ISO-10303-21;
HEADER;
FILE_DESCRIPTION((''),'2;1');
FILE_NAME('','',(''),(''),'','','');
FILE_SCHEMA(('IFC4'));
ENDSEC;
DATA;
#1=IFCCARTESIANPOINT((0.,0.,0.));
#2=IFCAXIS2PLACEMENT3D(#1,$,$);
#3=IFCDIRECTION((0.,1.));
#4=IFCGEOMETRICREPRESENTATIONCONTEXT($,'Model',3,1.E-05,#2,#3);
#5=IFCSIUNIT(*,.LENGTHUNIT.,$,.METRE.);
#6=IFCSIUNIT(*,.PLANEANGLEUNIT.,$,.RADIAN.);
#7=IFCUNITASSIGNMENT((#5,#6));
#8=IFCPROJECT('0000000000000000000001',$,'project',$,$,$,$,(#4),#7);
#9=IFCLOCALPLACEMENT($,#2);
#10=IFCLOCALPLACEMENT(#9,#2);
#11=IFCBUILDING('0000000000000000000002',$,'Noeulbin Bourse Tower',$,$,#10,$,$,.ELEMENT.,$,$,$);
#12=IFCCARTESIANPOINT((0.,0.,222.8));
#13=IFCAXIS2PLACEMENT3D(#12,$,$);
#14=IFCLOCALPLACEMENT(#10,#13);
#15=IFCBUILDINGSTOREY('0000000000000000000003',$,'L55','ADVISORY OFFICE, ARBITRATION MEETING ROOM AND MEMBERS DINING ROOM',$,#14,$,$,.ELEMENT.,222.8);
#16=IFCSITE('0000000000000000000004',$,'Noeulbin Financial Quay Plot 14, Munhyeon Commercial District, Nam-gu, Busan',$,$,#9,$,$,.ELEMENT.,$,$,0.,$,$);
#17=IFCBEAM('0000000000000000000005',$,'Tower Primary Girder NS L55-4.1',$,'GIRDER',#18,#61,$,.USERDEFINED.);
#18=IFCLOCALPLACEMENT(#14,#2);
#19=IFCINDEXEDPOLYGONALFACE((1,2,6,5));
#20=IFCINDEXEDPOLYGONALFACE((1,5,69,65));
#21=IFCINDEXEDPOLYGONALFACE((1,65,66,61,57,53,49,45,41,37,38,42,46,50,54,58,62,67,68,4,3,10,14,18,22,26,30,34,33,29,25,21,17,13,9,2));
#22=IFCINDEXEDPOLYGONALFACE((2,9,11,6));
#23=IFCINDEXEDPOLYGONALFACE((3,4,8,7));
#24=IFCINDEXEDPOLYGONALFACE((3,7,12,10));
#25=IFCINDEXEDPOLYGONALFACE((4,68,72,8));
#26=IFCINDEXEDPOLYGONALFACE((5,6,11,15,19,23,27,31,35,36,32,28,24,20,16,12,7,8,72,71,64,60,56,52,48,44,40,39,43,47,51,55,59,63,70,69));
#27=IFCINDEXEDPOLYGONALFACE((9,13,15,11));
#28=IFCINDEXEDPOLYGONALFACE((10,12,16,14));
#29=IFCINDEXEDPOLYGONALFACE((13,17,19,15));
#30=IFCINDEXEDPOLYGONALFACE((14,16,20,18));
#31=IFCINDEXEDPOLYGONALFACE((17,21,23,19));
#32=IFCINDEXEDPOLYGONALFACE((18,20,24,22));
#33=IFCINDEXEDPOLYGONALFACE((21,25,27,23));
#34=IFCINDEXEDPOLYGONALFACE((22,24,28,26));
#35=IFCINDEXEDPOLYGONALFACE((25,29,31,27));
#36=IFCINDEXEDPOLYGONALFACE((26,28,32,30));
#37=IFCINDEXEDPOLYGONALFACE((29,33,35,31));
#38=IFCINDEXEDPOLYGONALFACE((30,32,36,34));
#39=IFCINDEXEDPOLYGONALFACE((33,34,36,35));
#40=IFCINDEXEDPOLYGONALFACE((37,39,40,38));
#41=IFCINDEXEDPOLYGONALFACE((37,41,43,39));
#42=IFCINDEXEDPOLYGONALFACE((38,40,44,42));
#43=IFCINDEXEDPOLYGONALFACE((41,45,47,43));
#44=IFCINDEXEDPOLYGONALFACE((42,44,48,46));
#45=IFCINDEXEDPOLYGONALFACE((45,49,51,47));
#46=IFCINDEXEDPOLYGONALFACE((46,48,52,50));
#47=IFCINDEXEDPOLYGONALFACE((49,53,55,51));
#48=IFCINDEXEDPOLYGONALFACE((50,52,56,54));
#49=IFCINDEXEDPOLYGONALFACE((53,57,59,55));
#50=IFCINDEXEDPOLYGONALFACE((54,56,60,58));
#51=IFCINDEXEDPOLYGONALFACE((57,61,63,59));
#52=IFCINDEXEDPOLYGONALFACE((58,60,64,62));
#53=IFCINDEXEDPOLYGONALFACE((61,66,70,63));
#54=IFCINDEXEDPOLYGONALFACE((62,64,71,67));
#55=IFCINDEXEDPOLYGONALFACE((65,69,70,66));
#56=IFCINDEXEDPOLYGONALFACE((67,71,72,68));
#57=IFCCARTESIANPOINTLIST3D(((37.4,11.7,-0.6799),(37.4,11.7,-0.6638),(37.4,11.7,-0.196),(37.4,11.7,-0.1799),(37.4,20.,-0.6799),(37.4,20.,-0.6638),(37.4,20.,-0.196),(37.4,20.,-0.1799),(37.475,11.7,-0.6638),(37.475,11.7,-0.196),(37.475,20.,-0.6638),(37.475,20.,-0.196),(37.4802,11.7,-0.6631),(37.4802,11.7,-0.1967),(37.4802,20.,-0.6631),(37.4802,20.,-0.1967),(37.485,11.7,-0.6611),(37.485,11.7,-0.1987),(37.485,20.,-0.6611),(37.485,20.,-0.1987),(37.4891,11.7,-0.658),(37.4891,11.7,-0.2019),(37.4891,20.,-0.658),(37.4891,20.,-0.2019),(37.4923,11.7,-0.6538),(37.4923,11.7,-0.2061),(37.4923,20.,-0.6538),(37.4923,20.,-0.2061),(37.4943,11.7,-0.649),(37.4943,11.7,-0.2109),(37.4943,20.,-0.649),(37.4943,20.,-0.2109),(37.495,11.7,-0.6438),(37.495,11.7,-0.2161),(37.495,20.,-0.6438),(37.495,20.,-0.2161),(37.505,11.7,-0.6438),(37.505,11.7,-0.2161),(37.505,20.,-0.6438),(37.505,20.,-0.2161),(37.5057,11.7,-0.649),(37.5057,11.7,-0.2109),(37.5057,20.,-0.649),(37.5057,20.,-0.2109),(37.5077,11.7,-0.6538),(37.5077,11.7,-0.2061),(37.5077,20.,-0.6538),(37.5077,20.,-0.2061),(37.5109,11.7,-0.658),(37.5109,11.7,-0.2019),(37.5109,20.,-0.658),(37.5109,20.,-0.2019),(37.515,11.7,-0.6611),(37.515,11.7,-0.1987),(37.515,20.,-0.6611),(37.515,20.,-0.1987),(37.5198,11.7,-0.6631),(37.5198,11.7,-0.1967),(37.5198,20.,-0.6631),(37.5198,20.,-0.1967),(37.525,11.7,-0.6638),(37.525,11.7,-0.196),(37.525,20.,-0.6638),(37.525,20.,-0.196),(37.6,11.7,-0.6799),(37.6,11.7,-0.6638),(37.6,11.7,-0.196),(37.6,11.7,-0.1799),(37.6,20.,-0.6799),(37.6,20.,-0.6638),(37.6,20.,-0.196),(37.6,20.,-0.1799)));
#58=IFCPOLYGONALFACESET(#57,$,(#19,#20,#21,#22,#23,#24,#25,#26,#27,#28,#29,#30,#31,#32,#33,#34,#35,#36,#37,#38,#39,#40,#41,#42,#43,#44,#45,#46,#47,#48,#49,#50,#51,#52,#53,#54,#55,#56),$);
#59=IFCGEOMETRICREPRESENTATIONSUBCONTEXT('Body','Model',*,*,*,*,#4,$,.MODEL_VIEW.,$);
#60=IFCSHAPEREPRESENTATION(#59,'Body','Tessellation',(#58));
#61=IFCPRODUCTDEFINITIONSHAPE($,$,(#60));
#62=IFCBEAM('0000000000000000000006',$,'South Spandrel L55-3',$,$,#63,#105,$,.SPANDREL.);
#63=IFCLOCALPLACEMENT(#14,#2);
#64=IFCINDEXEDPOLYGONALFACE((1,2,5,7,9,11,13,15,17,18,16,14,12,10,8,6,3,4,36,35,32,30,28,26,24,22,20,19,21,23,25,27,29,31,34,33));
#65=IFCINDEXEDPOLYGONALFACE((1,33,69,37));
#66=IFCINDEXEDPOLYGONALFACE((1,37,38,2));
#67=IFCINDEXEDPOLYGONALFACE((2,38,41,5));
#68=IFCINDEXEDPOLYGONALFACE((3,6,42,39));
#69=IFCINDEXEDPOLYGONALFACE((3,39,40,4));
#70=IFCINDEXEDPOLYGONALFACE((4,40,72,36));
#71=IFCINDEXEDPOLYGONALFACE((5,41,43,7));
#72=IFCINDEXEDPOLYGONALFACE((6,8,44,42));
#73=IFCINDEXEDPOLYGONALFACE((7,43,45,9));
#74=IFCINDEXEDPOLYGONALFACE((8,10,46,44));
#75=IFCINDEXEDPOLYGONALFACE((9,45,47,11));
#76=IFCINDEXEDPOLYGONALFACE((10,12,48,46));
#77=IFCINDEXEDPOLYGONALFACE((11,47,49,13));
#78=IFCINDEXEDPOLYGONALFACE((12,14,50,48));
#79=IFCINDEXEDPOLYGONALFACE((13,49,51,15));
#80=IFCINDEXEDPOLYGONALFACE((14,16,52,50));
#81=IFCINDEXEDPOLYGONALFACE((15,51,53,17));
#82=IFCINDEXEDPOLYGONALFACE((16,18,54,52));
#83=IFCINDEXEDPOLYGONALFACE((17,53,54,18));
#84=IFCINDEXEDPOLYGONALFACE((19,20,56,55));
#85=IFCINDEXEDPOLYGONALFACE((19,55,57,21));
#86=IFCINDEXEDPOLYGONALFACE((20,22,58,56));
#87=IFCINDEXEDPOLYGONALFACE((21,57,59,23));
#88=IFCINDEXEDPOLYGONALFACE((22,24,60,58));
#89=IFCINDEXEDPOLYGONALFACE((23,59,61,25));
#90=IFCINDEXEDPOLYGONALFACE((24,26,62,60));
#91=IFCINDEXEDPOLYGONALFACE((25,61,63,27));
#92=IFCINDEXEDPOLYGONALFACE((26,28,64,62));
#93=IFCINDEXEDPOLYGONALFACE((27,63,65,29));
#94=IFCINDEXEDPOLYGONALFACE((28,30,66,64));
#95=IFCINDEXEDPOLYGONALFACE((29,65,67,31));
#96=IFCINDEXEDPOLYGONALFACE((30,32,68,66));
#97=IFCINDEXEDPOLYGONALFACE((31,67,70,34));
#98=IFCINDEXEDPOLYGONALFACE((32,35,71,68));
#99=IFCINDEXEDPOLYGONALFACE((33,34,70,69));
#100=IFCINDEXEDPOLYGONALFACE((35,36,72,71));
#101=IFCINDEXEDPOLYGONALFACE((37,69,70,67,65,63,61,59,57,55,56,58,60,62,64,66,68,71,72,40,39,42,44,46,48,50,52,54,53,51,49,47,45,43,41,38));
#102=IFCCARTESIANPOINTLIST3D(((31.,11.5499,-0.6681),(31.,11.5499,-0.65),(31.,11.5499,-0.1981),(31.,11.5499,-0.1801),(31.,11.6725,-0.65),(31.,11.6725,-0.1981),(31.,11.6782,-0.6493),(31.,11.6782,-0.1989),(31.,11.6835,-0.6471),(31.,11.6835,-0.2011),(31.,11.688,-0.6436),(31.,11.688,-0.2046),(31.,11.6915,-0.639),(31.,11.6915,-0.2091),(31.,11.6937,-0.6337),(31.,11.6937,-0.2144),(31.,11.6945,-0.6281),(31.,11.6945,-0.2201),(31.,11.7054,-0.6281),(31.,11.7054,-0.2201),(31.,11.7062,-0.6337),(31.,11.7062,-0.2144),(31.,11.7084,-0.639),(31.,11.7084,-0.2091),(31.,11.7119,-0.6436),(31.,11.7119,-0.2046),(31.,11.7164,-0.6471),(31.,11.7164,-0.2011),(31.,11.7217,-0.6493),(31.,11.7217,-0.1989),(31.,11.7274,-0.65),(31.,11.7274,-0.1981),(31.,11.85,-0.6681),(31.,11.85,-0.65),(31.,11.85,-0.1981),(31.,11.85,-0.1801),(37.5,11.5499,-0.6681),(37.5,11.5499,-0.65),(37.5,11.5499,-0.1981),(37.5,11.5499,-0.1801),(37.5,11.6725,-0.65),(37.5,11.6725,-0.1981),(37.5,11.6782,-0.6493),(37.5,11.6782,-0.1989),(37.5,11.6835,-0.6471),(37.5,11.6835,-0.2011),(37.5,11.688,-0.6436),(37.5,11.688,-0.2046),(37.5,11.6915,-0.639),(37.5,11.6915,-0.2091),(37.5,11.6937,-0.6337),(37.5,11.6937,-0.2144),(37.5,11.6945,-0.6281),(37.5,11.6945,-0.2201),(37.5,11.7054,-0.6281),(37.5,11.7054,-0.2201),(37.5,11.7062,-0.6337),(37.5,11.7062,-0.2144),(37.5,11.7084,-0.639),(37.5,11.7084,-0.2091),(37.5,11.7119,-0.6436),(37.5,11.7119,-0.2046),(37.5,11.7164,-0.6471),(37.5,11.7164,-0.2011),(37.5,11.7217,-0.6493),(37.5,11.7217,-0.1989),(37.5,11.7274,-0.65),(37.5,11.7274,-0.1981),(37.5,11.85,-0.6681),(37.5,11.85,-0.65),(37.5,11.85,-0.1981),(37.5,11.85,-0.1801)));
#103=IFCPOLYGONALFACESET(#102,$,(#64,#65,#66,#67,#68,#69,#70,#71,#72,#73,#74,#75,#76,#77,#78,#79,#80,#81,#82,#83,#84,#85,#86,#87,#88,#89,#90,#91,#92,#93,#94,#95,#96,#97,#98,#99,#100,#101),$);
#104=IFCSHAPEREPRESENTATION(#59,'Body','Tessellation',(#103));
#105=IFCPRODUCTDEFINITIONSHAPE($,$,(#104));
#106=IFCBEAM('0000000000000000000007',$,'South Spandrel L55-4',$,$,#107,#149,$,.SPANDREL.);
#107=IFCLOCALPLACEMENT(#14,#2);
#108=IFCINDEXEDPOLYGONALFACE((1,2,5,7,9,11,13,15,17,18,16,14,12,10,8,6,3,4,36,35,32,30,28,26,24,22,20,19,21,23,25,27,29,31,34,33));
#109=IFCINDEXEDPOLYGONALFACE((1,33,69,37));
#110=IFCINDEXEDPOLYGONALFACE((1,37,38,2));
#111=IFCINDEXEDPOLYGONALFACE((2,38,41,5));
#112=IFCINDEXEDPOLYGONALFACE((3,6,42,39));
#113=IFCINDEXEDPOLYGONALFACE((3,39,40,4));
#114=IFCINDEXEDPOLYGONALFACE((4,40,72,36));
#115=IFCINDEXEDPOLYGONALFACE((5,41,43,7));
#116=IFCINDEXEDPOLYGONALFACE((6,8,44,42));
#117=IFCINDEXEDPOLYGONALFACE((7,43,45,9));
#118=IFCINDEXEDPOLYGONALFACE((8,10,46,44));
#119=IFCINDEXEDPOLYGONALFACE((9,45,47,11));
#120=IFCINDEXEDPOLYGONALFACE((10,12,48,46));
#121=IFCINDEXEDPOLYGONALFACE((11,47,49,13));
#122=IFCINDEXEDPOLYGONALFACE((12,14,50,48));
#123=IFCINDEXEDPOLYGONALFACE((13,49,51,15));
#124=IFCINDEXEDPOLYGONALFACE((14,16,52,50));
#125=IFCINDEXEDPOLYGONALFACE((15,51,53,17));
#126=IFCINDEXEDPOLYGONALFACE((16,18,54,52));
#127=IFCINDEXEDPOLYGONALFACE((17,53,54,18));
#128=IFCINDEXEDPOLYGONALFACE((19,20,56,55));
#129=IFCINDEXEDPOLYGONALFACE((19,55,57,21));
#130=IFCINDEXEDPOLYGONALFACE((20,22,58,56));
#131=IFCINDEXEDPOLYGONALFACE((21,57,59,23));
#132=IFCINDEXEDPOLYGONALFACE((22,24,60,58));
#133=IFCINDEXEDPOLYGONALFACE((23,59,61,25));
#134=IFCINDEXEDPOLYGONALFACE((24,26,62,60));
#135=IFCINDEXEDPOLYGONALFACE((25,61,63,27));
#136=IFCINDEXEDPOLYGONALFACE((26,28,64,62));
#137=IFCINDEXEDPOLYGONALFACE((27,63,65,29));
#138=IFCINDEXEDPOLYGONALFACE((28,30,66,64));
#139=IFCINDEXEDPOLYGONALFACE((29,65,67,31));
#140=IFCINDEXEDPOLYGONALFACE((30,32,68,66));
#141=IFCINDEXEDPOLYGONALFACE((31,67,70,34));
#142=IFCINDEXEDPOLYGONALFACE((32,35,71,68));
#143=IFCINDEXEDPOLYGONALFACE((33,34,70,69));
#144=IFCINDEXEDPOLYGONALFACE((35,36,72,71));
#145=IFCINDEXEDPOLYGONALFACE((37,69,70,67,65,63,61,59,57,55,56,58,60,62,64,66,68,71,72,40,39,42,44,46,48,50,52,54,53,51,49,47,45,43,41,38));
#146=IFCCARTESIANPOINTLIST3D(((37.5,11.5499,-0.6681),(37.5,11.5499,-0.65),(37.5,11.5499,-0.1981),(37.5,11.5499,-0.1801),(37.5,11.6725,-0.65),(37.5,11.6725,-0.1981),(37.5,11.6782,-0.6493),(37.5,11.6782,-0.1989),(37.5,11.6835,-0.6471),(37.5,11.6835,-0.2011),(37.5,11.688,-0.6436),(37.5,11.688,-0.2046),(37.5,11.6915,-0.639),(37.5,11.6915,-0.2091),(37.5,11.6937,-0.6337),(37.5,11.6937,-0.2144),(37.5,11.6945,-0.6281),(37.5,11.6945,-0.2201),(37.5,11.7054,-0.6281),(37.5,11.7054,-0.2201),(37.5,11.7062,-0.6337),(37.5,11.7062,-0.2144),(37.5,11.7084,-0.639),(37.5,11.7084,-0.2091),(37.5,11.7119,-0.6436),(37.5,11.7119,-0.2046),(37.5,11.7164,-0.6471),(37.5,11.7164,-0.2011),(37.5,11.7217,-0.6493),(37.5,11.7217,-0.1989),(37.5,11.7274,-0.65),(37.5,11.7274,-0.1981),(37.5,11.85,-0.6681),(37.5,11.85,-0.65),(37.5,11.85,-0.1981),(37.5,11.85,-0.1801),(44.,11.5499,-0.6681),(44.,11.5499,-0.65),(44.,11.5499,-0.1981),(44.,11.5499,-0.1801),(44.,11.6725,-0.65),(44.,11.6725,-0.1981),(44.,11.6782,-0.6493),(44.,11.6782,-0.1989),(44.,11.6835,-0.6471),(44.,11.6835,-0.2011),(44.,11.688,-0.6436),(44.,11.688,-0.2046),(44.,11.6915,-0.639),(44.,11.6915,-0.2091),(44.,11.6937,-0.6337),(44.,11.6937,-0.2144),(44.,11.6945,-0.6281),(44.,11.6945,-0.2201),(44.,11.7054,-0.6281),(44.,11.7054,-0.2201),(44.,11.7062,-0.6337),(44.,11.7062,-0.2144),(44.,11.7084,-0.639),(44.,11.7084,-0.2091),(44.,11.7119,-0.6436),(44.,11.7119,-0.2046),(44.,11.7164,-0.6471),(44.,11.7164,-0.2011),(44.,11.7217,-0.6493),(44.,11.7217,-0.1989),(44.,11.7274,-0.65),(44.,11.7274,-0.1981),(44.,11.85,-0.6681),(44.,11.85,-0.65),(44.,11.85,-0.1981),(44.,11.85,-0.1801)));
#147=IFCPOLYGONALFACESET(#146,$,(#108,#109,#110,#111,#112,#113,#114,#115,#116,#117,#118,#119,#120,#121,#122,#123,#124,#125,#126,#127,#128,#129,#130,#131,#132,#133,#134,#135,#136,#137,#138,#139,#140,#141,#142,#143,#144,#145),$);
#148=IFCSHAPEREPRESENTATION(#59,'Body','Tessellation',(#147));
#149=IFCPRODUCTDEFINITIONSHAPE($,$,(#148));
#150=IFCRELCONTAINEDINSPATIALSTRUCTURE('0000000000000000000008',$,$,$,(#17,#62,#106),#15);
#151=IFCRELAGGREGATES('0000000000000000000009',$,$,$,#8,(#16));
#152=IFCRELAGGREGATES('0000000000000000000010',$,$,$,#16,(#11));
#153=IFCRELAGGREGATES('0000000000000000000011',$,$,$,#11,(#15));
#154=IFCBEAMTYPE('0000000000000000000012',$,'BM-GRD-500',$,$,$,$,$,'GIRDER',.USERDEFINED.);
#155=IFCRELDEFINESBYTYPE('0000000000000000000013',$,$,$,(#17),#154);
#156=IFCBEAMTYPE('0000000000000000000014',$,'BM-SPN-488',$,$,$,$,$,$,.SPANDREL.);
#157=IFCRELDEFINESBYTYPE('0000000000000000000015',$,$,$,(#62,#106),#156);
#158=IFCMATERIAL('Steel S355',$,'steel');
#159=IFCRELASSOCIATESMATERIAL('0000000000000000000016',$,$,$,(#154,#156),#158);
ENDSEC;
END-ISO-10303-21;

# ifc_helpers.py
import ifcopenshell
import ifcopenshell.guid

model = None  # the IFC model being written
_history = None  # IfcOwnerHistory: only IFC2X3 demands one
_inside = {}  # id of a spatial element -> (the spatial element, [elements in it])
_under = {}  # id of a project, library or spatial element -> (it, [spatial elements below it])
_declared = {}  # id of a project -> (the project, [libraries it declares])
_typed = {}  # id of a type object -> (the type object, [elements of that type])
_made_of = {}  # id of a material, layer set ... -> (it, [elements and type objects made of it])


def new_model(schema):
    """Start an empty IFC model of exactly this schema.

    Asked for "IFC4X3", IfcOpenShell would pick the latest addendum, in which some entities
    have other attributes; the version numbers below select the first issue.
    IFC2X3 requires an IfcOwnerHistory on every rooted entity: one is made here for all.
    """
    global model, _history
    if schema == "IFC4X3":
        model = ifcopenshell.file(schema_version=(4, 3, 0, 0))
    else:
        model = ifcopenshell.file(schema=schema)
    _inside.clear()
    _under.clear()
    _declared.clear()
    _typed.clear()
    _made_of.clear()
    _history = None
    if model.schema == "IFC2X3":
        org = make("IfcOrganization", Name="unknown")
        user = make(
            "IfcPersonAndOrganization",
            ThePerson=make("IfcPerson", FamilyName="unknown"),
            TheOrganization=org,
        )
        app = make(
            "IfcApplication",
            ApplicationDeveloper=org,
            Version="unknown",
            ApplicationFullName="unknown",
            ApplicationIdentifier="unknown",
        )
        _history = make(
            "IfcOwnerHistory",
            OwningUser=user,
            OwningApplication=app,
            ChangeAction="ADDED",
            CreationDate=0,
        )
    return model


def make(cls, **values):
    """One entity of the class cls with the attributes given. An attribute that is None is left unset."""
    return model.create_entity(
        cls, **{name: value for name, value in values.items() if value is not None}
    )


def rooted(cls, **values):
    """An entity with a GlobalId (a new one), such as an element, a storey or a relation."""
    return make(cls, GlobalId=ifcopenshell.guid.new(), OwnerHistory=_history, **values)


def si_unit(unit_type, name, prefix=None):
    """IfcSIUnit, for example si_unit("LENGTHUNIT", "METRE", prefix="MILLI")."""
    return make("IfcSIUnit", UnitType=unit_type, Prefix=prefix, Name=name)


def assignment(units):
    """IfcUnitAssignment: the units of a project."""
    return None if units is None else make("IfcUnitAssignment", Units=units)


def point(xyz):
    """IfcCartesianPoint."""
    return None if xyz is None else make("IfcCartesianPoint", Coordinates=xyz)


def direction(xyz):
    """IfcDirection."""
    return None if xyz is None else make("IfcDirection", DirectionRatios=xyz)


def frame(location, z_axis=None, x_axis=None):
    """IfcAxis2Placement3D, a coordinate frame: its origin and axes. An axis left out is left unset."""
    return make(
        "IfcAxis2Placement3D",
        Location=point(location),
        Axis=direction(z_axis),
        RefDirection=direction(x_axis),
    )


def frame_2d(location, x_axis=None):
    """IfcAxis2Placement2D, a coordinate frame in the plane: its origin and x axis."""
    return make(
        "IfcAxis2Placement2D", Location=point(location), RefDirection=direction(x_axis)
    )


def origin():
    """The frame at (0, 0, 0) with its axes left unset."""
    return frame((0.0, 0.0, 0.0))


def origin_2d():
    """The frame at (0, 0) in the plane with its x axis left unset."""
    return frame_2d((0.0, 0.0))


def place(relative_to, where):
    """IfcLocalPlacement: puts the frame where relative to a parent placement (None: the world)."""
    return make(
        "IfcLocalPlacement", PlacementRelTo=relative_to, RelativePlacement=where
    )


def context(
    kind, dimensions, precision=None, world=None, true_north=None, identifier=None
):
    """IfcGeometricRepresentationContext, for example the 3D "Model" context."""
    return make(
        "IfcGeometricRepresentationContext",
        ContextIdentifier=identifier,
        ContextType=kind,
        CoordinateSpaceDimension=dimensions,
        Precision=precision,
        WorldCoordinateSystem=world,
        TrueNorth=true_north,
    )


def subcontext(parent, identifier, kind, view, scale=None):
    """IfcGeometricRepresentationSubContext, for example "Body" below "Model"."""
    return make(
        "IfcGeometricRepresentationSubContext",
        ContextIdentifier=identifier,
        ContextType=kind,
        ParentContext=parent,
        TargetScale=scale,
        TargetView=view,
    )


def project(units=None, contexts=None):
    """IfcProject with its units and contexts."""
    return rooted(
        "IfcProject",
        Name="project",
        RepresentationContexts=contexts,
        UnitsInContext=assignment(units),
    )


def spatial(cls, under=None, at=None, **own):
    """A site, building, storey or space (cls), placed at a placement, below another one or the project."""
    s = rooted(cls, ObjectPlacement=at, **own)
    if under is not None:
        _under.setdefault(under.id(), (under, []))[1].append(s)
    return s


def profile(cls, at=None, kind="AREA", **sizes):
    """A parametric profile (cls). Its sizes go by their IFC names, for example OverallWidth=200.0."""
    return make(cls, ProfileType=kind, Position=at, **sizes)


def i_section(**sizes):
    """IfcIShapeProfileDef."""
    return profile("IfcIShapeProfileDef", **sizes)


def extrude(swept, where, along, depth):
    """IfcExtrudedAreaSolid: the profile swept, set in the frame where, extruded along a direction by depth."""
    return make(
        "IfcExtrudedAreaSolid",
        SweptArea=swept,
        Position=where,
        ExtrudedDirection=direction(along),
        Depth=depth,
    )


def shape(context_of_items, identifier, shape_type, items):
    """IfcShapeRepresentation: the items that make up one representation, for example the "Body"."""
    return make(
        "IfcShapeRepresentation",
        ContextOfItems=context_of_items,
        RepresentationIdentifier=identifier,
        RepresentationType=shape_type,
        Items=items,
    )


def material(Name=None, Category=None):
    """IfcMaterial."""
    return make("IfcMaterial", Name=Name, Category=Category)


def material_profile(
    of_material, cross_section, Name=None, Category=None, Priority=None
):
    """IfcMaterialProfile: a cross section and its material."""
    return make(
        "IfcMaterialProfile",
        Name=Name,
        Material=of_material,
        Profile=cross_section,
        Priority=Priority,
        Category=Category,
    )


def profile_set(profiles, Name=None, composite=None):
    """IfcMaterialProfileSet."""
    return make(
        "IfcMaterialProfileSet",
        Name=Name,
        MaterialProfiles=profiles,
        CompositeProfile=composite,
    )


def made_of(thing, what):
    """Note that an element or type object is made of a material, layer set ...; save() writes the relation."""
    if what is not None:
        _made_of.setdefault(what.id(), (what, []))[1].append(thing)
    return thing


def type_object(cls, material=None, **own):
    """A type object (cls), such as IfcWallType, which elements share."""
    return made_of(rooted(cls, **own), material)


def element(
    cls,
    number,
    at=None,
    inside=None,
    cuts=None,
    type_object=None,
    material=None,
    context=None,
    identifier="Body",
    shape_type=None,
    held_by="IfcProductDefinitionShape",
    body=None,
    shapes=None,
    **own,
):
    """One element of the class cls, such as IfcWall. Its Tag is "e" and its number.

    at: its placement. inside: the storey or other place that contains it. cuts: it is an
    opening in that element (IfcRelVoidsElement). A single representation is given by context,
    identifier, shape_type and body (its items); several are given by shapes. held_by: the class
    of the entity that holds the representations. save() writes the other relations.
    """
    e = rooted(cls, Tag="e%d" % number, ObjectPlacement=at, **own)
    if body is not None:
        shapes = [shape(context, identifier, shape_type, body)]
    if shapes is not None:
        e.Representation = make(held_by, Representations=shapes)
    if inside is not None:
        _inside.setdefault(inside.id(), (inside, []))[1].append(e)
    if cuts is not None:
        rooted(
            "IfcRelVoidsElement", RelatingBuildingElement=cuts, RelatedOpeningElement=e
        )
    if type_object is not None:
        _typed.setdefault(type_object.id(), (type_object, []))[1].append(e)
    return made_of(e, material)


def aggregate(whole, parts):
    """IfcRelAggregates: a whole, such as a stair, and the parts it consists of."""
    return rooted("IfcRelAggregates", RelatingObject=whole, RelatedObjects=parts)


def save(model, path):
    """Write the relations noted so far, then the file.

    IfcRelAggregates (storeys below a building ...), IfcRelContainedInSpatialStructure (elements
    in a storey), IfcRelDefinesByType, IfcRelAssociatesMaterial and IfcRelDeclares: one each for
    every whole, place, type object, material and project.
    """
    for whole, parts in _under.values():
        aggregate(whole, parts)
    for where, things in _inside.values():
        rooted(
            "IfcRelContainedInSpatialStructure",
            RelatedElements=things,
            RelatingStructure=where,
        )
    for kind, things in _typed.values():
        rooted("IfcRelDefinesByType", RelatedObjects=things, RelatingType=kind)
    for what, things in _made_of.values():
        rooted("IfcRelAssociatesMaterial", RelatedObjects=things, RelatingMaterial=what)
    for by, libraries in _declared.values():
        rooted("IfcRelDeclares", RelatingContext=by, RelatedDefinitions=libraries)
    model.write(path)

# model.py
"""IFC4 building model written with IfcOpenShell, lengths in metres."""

from ifc_helpers import new_model, si_unit, direction, frame, origin, origin_2d, place, context, subcontext, project, spatial, i_section, extrude, material, material_profile, profile_set, type_object, element, save


model = new_model("IFC4")

# Units and contexts
model_context = context("Model", 3, precision=1e-05, world=origin(), true_north=direction((0.0, 1.0)))
body_context = subcontext(model_context, "Body", "Model", "MODEL_VIEW")
ifc_project = project(units=[si_unit("LENGTHUNIT", "METRE"), si_unit("PLANEANGLEUNIT", "RADIAN")], contexts=[model_context])

# Site, building, storey
site_placement = place(None, origin())
site = spatial("IfcSite", under=ifc_project, at=site_placement, Name="Noeulbin Financial Quay Plot 14, Munhyeon Commercial District, Nam-gu, Busan", CompositionType="ELEMENT", RefElevation=0.0)
building_placement = place(site_placement, origin())
building = spatial("IfcBuilding", under=site, at=building_placement, Name="Noeulbin Bourse Tower", CompositionType="ELEMENT")
storey_placement = place(building_placement, frame((0.0, 0.0, 222.8)))
storey = spatial("IfcBuildingStorey", under=building, at=storey_placement, Name="L55", Description="ADVISORY OFFICE, ARBITRATION MEETING ROOM AND MEMBERS DINING ROOM", CompositionType="ELEMENT", Elevation=222.8)

# Shared definitions
ifc_material_1 = material(Name="Steel S355", Category="steel")

# Beams
ifc_material_profile_1 = material_profile(ifc_material_1, i_section(OverallWidth=0.2, OverallDepth=0.5, WebThickness=0.01, FlangeThickness=0.0161, FilletRadius=0.02, at=origin_2d()), Name="H-500x200x10x16", Category="LoadBearing")
ifc_profile_set_1 = profile_set([ifc_material_profile_1], Name="Steel S355")
beam_type_1 = type_object("IfcBeamType", Name="BM-GRD-500", ElementType="GIRDER", PredefinedType="USERDEFINED", material=ifc_profile_set_1)
for number, where, z_axis, x_axis, name in (
    (1, (37.5, 11.7, -0.4299), (0.0, 1.0, 0.0), (-1.0, 0.0, 0.0), "Tower Primary Girder NS L55-4.1"),
):
    element("IfcBeam", number, at=place(storey_placement, frame(where, z_axis=z_axis, x_axis=x_axis)), inside=storey, type_object=beam_type_1, Name=name, ObjectType="GIRDER", PredefinedType="USERDEFINED", context=body_context, shape_type="SweptSolid", body=[
        extrude(i_section(OverallWidth=0.2, OverallDepth=0.5, WebThickness=0.01, FlangeThickness=0.0161, FilletRadius=0.02, at=origin_2d()), origin(), (0.0, 0.0, 1.0), 8.3),
    ])
ifc_material_profile_2 = material_profile(ifc_material_1, i_section(OverallWidth=0.3, OverallDepth=0.488, WebThickness=0.011, FlangeThickness=0.0181, FilletRadius=0.022, at=origin_2d()), Name="H-488x300x11x18", Category="LoadBearing")
ifc_profile_set_2 = profile_set([ifc_material_profile_2], Name="Steel S355")
beam_type_2 = type_object("IfcBeamType", Name="BM-SPN-488", PredefinedType="SPANDREL", material=ifc_profile_set_2)
for number, where, z_axis, x_axis, name in (
    (2, (31.0, 11.7, -0.4241), (1.0, 0.0, 0.0), (0.0, 1.0, 0.0), "South Spandrel L55-3"),
    (3, (37.5, 11.7, -0.4241), (1.0, 0.0, 0.0), (0.0, 1.0, 0.0), "South Spandrel L55-4"),
):
    element("IfcBeam", number, at=place(storey_placement, frame(where, z_axis=z_axis, x_axis=x_axis)), inside=storey, type_object=beam_type_2, Name=name, PredefinedType="SPANDREL", context=body_context, shape_type="SweptSolid", body=[
        extrude(i_section(OverallWidth=0.3, OverallDepth=0.488, WebThickness=0.011, FlangeThickness=0.0181, FilletRadius=0.022, at=origin_2d()), origin(), (0.0, 0.0, 1.0), 6.5),
    ])

save(model, "model.ifc")
